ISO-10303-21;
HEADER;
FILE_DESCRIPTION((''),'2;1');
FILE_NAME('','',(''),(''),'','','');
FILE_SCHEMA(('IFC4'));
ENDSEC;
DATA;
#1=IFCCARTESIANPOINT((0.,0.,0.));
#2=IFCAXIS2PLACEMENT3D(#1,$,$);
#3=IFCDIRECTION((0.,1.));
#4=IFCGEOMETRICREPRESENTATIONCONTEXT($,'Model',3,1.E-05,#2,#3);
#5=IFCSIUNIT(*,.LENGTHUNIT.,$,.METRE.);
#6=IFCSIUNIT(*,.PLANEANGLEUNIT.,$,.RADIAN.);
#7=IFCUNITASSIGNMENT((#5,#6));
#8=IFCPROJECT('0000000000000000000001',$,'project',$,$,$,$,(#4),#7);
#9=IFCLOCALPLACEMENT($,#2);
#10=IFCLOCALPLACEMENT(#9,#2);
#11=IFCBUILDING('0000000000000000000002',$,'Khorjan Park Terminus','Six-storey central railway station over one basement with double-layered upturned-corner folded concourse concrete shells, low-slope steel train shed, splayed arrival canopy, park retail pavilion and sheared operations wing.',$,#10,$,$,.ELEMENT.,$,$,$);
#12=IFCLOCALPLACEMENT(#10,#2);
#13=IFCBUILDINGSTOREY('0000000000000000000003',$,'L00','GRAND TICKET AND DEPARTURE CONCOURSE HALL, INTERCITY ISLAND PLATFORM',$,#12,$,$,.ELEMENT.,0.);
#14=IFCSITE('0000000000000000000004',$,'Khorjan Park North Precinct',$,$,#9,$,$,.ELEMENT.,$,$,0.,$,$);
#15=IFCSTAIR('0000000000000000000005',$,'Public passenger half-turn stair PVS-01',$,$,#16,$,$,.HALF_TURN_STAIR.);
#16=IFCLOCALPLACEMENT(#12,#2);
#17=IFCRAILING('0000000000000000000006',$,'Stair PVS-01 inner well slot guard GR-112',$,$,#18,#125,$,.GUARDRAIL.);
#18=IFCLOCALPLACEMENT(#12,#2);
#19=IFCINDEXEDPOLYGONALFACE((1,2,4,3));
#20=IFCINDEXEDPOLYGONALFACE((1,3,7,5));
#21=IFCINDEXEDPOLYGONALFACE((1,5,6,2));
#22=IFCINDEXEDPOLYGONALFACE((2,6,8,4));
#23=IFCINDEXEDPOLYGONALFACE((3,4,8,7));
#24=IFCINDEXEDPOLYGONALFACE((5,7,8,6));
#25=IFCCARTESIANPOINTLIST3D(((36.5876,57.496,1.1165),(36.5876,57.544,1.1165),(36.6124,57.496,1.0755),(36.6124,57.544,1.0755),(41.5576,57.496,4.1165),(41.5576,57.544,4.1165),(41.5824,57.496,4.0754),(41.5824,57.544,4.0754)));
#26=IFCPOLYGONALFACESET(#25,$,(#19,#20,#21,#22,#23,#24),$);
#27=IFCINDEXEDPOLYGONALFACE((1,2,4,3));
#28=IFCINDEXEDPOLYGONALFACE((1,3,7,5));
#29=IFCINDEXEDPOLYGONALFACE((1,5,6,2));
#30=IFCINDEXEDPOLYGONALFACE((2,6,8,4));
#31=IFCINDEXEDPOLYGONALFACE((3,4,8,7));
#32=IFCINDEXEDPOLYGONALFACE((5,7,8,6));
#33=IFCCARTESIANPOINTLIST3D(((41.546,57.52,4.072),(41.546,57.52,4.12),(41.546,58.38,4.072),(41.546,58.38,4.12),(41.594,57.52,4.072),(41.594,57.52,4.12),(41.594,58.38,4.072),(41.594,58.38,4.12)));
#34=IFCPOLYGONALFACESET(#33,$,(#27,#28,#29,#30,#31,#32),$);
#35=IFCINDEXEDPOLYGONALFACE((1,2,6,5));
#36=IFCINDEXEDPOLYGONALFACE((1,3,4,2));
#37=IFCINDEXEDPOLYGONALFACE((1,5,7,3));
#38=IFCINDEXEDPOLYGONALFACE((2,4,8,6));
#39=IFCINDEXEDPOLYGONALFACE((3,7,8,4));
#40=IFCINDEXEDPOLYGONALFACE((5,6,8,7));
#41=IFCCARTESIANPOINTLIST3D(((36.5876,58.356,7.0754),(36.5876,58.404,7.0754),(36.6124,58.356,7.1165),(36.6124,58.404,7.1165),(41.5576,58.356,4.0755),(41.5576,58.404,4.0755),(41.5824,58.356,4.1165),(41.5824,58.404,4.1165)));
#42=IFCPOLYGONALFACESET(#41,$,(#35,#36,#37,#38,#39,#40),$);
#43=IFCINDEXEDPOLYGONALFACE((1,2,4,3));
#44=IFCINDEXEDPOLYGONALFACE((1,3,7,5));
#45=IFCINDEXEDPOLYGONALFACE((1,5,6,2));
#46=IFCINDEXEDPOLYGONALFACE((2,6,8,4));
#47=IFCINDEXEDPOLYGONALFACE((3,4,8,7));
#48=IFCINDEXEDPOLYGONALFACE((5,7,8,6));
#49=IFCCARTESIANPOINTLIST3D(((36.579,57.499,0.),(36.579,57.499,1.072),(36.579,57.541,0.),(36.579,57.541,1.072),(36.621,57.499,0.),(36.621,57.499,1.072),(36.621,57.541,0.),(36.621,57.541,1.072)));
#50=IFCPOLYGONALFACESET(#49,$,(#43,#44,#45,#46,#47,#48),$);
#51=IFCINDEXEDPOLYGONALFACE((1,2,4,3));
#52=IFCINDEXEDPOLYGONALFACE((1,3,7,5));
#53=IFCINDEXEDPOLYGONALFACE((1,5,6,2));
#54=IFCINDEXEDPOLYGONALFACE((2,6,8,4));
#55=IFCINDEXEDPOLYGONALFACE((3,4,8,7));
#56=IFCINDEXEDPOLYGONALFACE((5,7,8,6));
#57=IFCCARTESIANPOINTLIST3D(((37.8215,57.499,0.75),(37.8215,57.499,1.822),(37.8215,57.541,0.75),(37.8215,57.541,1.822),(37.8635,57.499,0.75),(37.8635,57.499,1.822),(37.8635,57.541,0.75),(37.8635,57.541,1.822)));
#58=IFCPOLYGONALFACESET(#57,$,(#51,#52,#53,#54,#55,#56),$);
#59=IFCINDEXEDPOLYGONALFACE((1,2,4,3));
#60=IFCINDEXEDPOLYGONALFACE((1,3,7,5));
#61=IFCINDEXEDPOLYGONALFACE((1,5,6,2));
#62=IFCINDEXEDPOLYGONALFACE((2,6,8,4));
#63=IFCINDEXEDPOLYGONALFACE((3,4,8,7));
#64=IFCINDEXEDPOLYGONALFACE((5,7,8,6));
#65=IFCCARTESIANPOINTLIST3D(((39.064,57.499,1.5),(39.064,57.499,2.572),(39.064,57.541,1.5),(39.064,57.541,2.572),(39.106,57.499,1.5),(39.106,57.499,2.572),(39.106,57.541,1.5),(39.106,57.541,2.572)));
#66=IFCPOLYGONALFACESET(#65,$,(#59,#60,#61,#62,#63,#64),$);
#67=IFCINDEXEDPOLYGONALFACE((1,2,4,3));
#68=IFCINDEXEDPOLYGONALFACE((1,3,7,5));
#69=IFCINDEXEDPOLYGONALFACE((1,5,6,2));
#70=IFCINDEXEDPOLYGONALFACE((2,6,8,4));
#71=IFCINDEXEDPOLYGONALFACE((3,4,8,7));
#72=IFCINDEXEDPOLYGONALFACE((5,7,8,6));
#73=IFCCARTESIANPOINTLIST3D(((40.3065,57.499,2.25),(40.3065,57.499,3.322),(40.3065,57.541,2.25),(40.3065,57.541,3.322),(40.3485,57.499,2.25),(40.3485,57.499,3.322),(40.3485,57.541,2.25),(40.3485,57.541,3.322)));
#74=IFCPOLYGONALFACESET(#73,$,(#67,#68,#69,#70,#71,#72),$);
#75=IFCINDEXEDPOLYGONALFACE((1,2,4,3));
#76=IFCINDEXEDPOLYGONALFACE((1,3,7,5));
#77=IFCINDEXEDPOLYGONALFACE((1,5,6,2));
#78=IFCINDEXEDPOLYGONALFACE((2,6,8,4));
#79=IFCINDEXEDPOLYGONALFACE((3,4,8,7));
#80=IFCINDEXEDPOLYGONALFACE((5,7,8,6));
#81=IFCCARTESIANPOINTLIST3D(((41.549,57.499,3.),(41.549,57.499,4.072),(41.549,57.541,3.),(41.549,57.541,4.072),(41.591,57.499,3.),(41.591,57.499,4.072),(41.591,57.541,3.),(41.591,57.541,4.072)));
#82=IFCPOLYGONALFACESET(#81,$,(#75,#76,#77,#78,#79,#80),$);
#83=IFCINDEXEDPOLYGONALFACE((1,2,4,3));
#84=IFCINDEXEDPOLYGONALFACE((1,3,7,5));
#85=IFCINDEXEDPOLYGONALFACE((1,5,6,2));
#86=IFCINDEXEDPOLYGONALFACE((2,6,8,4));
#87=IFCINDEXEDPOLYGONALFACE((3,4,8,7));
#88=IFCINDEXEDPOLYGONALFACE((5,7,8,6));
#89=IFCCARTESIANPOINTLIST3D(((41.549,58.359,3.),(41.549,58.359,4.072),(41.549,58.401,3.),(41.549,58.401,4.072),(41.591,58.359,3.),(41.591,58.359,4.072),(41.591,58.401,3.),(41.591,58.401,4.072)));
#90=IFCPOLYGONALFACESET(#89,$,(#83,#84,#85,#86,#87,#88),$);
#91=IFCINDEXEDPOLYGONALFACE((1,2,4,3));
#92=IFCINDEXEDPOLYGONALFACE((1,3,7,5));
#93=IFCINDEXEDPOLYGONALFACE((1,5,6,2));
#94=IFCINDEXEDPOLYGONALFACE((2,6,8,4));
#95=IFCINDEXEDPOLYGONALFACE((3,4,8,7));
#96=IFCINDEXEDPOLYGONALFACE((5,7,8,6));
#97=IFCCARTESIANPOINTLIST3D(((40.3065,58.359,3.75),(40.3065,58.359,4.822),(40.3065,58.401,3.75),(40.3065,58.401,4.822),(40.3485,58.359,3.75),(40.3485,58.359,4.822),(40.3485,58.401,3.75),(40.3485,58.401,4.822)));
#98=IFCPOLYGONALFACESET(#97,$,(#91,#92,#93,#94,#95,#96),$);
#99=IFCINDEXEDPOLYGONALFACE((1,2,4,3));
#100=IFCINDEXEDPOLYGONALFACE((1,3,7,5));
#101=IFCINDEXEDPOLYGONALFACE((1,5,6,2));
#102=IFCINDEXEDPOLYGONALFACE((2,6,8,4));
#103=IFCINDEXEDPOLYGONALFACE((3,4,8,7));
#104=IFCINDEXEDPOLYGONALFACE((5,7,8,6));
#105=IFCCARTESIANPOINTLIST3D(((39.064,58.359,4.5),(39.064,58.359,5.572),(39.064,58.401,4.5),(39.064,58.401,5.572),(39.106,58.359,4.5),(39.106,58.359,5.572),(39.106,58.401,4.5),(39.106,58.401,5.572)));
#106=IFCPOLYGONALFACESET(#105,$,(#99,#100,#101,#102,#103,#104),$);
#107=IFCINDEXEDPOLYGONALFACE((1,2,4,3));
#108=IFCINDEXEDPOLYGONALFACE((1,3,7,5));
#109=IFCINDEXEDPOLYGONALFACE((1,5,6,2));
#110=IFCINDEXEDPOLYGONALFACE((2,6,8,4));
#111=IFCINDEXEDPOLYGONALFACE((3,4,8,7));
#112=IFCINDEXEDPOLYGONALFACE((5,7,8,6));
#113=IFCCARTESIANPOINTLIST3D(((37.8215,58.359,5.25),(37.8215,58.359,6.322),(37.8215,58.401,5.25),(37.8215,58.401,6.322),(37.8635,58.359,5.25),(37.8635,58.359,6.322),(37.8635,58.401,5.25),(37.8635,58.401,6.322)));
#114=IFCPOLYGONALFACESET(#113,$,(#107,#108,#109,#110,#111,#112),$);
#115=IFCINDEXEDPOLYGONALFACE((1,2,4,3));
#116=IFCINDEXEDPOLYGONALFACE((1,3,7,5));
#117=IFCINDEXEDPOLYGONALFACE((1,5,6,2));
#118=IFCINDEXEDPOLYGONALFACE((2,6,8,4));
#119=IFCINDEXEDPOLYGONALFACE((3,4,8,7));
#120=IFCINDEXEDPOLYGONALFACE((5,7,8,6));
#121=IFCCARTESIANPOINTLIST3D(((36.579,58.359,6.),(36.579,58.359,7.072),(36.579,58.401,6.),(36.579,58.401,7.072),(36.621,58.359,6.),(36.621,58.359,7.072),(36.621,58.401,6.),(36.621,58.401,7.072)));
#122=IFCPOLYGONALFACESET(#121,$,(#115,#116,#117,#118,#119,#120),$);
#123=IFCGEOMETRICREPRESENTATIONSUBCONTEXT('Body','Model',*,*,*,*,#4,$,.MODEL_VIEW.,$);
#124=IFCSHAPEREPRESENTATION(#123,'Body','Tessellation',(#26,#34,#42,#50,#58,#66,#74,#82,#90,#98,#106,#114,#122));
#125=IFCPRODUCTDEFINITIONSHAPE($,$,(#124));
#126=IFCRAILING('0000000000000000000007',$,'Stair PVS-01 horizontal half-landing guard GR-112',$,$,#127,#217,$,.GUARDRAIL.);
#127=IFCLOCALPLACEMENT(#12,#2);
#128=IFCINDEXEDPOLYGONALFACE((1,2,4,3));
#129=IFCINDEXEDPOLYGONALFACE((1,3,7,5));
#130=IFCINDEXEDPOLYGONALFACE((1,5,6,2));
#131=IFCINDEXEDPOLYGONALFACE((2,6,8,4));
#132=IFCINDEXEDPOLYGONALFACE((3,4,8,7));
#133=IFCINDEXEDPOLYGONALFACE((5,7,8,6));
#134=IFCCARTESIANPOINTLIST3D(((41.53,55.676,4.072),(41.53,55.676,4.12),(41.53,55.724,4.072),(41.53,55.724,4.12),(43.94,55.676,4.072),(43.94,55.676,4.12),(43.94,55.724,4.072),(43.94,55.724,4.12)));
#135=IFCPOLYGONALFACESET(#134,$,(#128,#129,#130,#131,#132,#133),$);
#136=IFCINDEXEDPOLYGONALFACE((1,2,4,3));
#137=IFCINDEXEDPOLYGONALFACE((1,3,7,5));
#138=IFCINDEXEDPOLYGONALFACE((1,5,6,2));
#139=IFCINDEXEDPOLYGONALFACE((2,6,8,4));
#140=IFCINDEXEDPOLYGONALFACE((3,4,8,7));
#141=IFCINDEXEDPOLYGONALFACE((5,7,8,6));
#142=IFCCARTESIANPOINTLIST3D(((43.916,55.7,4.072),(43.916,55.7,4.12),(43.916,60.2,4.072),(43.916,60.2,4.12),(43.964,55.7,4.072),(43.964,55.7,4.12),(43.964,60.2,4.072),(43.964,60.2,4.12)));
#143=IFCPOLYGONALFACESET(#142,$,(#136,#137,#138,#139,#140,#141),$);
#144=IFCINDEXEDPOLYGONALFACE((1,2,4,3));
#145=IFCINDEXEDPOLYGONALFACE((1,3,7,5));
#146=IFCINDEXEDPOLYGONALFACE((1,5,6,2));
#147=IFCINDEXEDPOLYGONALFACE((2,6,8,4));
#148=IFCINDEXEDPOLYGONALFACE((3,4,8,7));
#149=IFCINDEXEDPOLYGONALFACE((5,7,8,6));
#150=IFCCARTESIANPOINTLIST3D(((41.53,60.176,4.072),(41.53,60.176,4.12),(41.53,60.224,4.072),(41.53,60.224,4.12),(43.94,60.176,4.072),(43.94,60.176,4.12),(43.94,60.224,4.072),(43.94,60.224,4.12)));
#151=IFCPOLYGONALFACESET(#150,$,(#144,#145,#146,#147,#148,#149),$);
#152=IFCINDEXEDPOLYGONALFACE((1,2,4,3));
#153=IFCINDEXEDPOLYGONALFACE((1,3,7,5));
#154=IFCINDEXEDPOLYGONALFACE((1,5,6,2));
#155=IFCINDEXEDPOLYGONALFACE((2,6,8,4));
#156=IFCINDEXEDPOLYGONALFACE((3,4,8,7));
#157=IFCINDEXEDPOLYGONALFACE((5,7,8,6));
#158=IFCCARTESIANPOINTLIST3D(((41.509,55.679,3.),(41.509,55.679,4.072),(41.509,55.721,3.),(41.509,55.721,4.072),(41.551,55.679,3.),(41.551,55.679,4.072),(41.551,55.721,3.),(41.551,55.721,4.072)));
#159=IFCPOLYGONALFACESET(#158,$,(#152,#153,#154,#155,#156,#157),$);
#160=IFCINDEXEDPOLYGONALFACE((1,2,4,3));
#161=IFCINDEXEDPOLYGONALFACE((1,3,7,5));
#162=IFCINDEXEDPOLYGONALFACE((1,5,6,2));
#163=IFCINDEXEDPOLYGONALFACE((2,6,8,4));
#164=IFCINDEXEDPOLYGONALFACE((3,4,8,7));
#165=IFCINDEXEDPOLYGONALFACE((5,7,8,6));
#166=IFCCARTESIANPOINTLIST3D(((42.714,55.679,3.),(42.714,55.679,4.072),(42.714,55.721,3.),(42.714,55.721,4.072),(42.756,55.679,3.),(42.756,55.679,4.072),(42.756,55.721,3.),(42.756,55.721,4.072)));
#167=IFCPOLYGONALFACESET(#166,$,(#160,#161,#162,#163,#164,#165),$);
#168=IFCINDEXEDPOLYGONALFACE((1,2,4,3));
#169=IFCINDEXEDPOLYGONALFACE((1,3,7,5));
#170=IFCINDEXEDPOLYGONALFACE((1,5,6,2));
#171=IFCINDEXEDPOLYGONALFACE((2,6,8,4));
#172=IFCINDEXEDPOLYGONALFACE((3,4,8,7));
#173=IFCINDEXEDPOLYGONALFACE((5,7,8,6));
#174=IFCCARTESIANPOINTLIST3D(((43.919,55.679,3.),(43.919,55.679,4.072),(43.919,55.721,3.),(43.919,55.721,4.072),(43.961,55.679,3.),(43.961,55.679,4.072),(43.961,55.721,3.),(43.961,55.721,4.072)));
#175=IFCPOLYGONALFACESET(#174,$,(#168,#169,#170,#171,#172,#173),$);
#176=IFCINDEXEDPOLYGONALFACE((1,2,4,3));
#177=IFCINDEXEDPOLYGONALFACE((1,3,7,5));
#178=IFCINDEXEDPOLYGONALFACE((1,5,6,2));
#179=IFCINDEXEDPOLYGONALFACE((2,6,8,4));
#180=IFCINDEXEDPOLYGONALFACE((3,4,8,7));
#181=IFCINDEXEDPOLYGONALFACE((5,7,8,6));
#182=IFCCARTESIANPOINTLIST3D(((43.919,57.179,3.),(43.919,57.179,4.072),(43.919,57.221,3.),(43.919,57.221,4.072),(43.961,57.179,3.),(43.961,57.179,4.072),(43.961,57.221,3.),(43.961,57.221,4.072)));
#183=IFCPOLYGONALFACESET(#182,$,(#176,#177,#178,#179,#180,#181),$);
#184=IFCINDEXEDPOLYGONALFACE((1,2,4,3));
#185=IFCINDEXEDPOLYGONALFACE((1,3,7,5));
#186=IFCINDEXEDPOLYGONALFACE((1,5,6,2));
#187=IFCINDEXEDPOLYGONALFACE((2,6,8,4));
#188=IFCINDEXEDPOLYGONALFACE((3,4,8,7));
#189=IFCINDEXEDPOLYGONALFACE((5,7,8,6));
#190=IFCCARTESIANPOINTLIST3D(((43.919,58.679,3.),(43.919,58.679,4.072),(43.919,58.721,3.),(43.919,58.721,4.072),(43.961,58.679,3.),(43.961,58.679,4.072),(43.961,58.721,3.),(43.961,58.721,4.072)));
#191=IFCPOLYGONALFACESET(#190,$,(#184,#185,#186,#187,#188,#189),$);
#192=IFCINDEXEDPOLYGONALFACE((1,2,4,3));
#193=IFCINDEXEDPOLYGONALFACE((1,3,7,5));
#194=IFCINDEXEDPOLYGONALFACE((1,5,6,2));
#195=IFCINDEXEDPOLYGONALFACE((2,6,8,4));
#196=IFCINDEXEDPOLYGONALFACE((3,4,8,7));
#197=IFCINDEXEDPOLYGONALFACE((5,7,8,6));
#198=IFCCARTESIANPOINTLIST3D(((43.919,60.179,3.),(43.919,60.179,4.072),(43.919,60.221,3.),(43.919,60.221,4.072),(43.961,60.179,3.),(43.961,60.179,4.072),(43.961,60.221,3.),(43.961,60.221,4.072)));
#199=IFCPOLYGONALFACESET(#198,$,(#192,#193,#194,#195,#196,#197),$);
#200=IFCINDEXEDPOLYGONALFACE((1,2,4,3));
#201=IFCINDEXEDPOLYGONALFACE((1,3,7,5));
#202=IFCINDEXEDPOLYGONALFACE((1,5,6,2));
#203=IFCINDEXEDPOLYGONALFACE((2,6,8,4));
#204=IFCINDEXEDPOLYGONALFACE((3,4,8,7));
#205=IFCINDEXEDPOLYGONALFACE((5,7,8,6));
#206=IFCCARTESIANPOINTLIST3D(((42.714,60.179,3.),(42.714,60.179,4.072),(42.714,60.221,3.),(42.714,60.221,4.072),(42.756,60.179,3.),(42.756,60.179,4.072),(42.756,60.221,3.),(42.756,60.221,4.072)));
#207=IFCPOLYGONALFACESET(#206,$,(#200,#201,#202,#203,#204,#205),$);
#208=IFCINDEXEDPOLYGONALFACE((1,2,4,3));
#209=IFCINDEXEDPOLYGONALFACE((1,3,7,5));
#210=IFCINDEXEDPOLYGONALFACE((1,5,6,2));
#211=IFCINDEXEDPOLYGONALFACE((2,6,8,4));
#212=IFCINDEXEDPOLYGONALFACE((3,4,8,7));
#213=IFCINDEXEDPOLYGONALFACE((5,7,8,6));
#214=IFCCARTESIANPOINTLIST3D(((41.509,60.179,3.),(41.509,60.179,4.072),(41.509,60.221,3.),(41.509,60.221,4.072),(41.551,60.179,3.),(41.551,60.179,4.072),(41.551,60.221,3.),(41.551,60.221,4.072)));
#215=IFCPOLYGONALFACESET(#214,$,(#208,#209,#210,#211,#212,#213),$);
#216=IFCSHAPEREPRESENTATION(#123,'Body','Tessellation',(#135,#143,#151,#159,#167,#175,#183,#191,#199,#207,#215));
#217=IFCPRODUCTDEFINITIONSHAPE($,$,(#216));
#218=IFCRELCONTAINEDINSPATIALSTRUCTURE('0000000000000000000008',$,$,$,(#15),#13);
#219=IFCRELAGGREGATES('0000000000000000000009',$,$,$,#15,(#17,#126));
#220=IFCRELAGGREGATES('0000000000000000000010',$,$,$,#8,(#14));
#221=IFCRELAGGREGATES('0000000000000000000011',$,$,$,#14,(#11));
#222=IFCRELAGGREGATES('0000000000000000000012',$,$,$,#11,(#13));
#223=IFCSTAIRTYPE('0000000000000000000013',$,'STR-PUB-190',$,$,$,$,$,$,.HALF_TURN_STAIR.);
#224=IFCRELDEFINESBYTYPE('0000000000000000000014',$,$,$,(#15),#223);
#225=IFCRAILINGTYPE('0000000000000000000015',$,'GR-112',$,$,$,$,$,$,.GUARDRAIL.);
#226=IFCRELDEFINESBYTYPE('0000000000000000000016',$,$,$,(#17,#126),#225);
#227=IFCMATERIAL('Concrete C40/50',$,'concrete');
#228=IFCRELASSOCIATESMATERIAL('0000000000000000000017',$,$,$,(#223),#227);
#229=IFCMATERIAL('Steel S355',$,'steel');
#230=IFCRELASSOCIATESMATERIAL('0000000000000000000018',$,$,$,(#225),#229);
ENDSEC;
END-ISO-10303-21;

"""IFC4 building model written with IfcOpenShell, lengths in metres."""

from ifc_helpers import new_model, si_unit, direction, frame, origin, origin_2d, place, context, subcontext, project, spatial, rectangle, extrude, material, type_object, element, aggregate, save


model = new_model("IFC4")

# Units and contexts
model_context = context("Model", 3, precision=1e-05, world=origin(), true_north=direction((0.0, 1.0)))
body_context = subcontext(model_context, "Body", "Model", "MODEL_VIEW")
ifc_project = project(units=[si_unit("LENGTHUNIT", "METRE"), si_unit("PLANEANGLEUNIT", "RADIAN")], contexts=[model_context])

# Site, building, storey
site_placement = place(None, origin())
site = spatial("IfcSite", under=ifc_project, at=site_placement, Name="Khorjan Park North Precinct", CompositionType="ELEMENT", RefElevation=0.0)
building_placement = place(site_placement, origin())
building = spatial("IfcBuilding", under=site, at=building_placement, Name="Khorjan Park Terminus", Description="Six-storey central railway station over one basement with double-layered upturned-corner folded concourse concrete shells, low-slope steel train shed, splayed arrival canopy, park retail pavilion and sheared operations wing.", CompositionType="ELEMENT")
storey_placement = place(building_placement, origin())
storey = spatial("IfcBuildingStorey", under=building, at=storey_placement, Name="L00", Description="GRAND TICKET AND DEPARTURE CONCOURSE HALL, INTERCITY ISLAND PLATFORM", CompositionType="ELEMENT", Elevation=0.0)

# Shared definitions
ifc_material_1 = material(Name="Steel S355", Category="steel")

# Stair, railings
ifc_material_2 = material(Name="Concrete C40/50", Category="concrete")
stair_type = type_object("IfcStairType", Name="STR-PUB-190", PredefinedType="HALF_TURN_STAIR", material=ifc_material_2)
stair_placement = place(storey_placement, origin())
stair = element("IfcStair", 1, at=stair_placement, inside=storey, type_object=stair_type, Name="Public passenger half-turn stair PVS-01", PredefinedType="HALF_TURN_STAIR")
railing_type_1 = type_object("IfcRailingType", Name="GR-112", PredefinedType="GUARDRAIL", material=ifc_material_1)
railing_1_placement = place(storey_placement, frame((36.6, 57.52, 0.0)))
railing_1 = element("IfcRailing", 2, at=railing_1_placement, type_object=railing_type_1, Name="Stair PVS-01 inner well slot guard GR-112", PredefinedType="GUARDRAIL", context=body_context, shape_type="SweptSolid", body=[
    extrude(rectangle(XDim=0.048, YDim=0.048, at=origin_2d()), frame((0.0, 0.0, 1.096), z_axis=(0.856122, 0.0, 0.516774), x_axis=(0.0, 1.0, 0.0)), (0.0, 0.0, 1.0), 5.8052),
    extrude(rectangle(XDim=0.048, YDim=0.048, at=origin_2d()), frame((4.97, 0.0, 4.096), z_axis=(0.0, 1.0, 0.0), x_axis=(-1.0, 0.0, 0.0)), (0.0, 0.0, 1.0), 0.86),
    extrude(rectangle(XDim=0.048, YDim=0.048, at=origin_2d()), frame((4.97, 0.86, 4.096), z_axis=(-0.856122, 0.0, 0.516774), x_axis=(0.0, -1.0, 0.0)), (0.0, 0.0, 1.0), 5.8052),
    extrude(rectangle(XDim=0.042, YDim=0.042, at=origin_2d()), origin(), (0.0, 0.0, 1.0), 1.072),
    extrude(rectangle(XDim=0.042, YDim=0.042, at=origin_2d()), frame((1.2425, 0.0, 0.75)), (0.0, 0.0, 1.0), 1.072),
    extrude(rectangle(XDim=0.042, YDim=0.042, at=origin_2d()), frame((2.485, 0.0, 1.5)), (0.0, 0.0, 1.0), 1.072),
    extrude(rectangle(XDim=0.042, YDim=0.042, at=origin_2d()), frame((3.7275, 0.0, 2.25)), (0.0, 0.0, 1.0), 1.072),
    extrude(rectangle(XDim=0.042, YDim=0.042, at=origin_2d()), frame((4.97, 0.0, 3.0)), (0.0, 0.0, 1.0), 1.072),
    extrude(rectangle(XDim=0.042, YDim=0.042, at=origin_2d()), frame((4.97, 0.86, 3.0)), (0.0, 0.0, 1.0), 1.072),
    extrude(rectangle(XDim=0.042, YDim=0.042, at=origin_2d()), frame((3.7275, 0.86, 3.75)), (0.0, 0.0, 1.0), 1.072),
    extrude(rectangle(XDim=0.042, YDim=0.042, at=origin_2d()), frame((2.485, 0.86, 4.5)), (0.0, 0.0, 1.0), 1.072),
    extrude(rectangle(XDim=0.042, YDim=0.042, at=origin_2d()), frame((1.2425, 0.86, 5.25)), (0.0, 0.0, 1.0), 1.072),
    extrude(rectangle(XDim=0.042, YDim=0.042, at=origin_2d()), frame((0.0, 0.86, 6.0)), (0.0, 0.0, 1.0), 1.072),
])
railing_2_placement = place(storey_placement, frame((41.53, 55.7, 3.0)))
railing_2 = element("IfcRailing", 3, at=railing_2_placement, type_object=railing_type_1, Name="Stair PVS-01 horizontal half-landing guard GR-112", PredefinedType="GUARDRAIL", context=body_context, shape_type="SweptSolid", body=[
    extrude(rectangle(XDim=0.048, YDim=0.048, at=origin_2d()), frame((0.0, 0.0, 1.096), z_axis=(1.0, 0.0, 0.0), x_axis=(0.0, 1.0, 0.0)), (0.0, 0.0, 1.0), 2.41),
    extrude(rectangle(XDim=0.048, YDim=0.048, at=origin_2d()), frame((2.41, 0.0, 1.096), z_axis=(0.0, 1.0, 0.0), x_axis=(-1.0, 0.0, 0.0)), (0.0, 0.0, 1.0), 4.5),
    extrude(rectangle(XDim=0.048, YDim=0.048, at=origin_2d()), frame((2.41, 4.5, 1.096), z_axis=(-1.0, 0.0, 0.0), x_axis=(0.0, -1.0, 0.0)), (0.0, 0.0, 1.0), 2.41),
    extrude(rectangle(XDim=0.042, YDim=0.042, at=origin_2d()), origin(), (0.0, 0.0, 1.0), 1.072),
    extrude(rectangle(XDim=0.042, YDim=0.042, at=origin_2d()), frame((1.205, 0.0, 0.0)), (0.0, 0.0, 1.0), 1.072),
    extrude(rectangle(XDim=0.042, YDim=0.042, at=origin_2d()), frame((2.41, 0.0, 0.0)), (0.0, 0.0, 1.0), 1.072),
    extrude(rectangle(XDim=0.042, YDim=0.042, at=origin_2d()), frame((2.41, 1.5, 0.0)), (0.0, 0.0, 1.0), 1.072),
    extrude(rectangle(XDim=0.042, YDim=0.042, at=origin_2d()), frame((2.41, 3.0, 0.0)), (0.0, 0.0, 1.0), 1.072),
    extrude(rectangle(XDim=0.042, YDim=0.042, at=origin_2d()), frame((2.41, 4.5, 0.0)), (0.0, 0.0, 1.0), 1.072),
    extrude(rectangle(XDim=0.042, YDim=0.042, at=origin_2d()), frame((1.205, 4.5, 0.0)), (0.0, 0.0, 1.0), 1.072),
    extrude(rectangle(XDim=0.042, YDim=0.042, at=origin_2d()), frame((0.0, 4.5, 0.0)), (0.0, 0.0, 1.0), 1.072),
])
aggregate(stair, [railing_1, railing_2])

save(model, "model.ifc")
